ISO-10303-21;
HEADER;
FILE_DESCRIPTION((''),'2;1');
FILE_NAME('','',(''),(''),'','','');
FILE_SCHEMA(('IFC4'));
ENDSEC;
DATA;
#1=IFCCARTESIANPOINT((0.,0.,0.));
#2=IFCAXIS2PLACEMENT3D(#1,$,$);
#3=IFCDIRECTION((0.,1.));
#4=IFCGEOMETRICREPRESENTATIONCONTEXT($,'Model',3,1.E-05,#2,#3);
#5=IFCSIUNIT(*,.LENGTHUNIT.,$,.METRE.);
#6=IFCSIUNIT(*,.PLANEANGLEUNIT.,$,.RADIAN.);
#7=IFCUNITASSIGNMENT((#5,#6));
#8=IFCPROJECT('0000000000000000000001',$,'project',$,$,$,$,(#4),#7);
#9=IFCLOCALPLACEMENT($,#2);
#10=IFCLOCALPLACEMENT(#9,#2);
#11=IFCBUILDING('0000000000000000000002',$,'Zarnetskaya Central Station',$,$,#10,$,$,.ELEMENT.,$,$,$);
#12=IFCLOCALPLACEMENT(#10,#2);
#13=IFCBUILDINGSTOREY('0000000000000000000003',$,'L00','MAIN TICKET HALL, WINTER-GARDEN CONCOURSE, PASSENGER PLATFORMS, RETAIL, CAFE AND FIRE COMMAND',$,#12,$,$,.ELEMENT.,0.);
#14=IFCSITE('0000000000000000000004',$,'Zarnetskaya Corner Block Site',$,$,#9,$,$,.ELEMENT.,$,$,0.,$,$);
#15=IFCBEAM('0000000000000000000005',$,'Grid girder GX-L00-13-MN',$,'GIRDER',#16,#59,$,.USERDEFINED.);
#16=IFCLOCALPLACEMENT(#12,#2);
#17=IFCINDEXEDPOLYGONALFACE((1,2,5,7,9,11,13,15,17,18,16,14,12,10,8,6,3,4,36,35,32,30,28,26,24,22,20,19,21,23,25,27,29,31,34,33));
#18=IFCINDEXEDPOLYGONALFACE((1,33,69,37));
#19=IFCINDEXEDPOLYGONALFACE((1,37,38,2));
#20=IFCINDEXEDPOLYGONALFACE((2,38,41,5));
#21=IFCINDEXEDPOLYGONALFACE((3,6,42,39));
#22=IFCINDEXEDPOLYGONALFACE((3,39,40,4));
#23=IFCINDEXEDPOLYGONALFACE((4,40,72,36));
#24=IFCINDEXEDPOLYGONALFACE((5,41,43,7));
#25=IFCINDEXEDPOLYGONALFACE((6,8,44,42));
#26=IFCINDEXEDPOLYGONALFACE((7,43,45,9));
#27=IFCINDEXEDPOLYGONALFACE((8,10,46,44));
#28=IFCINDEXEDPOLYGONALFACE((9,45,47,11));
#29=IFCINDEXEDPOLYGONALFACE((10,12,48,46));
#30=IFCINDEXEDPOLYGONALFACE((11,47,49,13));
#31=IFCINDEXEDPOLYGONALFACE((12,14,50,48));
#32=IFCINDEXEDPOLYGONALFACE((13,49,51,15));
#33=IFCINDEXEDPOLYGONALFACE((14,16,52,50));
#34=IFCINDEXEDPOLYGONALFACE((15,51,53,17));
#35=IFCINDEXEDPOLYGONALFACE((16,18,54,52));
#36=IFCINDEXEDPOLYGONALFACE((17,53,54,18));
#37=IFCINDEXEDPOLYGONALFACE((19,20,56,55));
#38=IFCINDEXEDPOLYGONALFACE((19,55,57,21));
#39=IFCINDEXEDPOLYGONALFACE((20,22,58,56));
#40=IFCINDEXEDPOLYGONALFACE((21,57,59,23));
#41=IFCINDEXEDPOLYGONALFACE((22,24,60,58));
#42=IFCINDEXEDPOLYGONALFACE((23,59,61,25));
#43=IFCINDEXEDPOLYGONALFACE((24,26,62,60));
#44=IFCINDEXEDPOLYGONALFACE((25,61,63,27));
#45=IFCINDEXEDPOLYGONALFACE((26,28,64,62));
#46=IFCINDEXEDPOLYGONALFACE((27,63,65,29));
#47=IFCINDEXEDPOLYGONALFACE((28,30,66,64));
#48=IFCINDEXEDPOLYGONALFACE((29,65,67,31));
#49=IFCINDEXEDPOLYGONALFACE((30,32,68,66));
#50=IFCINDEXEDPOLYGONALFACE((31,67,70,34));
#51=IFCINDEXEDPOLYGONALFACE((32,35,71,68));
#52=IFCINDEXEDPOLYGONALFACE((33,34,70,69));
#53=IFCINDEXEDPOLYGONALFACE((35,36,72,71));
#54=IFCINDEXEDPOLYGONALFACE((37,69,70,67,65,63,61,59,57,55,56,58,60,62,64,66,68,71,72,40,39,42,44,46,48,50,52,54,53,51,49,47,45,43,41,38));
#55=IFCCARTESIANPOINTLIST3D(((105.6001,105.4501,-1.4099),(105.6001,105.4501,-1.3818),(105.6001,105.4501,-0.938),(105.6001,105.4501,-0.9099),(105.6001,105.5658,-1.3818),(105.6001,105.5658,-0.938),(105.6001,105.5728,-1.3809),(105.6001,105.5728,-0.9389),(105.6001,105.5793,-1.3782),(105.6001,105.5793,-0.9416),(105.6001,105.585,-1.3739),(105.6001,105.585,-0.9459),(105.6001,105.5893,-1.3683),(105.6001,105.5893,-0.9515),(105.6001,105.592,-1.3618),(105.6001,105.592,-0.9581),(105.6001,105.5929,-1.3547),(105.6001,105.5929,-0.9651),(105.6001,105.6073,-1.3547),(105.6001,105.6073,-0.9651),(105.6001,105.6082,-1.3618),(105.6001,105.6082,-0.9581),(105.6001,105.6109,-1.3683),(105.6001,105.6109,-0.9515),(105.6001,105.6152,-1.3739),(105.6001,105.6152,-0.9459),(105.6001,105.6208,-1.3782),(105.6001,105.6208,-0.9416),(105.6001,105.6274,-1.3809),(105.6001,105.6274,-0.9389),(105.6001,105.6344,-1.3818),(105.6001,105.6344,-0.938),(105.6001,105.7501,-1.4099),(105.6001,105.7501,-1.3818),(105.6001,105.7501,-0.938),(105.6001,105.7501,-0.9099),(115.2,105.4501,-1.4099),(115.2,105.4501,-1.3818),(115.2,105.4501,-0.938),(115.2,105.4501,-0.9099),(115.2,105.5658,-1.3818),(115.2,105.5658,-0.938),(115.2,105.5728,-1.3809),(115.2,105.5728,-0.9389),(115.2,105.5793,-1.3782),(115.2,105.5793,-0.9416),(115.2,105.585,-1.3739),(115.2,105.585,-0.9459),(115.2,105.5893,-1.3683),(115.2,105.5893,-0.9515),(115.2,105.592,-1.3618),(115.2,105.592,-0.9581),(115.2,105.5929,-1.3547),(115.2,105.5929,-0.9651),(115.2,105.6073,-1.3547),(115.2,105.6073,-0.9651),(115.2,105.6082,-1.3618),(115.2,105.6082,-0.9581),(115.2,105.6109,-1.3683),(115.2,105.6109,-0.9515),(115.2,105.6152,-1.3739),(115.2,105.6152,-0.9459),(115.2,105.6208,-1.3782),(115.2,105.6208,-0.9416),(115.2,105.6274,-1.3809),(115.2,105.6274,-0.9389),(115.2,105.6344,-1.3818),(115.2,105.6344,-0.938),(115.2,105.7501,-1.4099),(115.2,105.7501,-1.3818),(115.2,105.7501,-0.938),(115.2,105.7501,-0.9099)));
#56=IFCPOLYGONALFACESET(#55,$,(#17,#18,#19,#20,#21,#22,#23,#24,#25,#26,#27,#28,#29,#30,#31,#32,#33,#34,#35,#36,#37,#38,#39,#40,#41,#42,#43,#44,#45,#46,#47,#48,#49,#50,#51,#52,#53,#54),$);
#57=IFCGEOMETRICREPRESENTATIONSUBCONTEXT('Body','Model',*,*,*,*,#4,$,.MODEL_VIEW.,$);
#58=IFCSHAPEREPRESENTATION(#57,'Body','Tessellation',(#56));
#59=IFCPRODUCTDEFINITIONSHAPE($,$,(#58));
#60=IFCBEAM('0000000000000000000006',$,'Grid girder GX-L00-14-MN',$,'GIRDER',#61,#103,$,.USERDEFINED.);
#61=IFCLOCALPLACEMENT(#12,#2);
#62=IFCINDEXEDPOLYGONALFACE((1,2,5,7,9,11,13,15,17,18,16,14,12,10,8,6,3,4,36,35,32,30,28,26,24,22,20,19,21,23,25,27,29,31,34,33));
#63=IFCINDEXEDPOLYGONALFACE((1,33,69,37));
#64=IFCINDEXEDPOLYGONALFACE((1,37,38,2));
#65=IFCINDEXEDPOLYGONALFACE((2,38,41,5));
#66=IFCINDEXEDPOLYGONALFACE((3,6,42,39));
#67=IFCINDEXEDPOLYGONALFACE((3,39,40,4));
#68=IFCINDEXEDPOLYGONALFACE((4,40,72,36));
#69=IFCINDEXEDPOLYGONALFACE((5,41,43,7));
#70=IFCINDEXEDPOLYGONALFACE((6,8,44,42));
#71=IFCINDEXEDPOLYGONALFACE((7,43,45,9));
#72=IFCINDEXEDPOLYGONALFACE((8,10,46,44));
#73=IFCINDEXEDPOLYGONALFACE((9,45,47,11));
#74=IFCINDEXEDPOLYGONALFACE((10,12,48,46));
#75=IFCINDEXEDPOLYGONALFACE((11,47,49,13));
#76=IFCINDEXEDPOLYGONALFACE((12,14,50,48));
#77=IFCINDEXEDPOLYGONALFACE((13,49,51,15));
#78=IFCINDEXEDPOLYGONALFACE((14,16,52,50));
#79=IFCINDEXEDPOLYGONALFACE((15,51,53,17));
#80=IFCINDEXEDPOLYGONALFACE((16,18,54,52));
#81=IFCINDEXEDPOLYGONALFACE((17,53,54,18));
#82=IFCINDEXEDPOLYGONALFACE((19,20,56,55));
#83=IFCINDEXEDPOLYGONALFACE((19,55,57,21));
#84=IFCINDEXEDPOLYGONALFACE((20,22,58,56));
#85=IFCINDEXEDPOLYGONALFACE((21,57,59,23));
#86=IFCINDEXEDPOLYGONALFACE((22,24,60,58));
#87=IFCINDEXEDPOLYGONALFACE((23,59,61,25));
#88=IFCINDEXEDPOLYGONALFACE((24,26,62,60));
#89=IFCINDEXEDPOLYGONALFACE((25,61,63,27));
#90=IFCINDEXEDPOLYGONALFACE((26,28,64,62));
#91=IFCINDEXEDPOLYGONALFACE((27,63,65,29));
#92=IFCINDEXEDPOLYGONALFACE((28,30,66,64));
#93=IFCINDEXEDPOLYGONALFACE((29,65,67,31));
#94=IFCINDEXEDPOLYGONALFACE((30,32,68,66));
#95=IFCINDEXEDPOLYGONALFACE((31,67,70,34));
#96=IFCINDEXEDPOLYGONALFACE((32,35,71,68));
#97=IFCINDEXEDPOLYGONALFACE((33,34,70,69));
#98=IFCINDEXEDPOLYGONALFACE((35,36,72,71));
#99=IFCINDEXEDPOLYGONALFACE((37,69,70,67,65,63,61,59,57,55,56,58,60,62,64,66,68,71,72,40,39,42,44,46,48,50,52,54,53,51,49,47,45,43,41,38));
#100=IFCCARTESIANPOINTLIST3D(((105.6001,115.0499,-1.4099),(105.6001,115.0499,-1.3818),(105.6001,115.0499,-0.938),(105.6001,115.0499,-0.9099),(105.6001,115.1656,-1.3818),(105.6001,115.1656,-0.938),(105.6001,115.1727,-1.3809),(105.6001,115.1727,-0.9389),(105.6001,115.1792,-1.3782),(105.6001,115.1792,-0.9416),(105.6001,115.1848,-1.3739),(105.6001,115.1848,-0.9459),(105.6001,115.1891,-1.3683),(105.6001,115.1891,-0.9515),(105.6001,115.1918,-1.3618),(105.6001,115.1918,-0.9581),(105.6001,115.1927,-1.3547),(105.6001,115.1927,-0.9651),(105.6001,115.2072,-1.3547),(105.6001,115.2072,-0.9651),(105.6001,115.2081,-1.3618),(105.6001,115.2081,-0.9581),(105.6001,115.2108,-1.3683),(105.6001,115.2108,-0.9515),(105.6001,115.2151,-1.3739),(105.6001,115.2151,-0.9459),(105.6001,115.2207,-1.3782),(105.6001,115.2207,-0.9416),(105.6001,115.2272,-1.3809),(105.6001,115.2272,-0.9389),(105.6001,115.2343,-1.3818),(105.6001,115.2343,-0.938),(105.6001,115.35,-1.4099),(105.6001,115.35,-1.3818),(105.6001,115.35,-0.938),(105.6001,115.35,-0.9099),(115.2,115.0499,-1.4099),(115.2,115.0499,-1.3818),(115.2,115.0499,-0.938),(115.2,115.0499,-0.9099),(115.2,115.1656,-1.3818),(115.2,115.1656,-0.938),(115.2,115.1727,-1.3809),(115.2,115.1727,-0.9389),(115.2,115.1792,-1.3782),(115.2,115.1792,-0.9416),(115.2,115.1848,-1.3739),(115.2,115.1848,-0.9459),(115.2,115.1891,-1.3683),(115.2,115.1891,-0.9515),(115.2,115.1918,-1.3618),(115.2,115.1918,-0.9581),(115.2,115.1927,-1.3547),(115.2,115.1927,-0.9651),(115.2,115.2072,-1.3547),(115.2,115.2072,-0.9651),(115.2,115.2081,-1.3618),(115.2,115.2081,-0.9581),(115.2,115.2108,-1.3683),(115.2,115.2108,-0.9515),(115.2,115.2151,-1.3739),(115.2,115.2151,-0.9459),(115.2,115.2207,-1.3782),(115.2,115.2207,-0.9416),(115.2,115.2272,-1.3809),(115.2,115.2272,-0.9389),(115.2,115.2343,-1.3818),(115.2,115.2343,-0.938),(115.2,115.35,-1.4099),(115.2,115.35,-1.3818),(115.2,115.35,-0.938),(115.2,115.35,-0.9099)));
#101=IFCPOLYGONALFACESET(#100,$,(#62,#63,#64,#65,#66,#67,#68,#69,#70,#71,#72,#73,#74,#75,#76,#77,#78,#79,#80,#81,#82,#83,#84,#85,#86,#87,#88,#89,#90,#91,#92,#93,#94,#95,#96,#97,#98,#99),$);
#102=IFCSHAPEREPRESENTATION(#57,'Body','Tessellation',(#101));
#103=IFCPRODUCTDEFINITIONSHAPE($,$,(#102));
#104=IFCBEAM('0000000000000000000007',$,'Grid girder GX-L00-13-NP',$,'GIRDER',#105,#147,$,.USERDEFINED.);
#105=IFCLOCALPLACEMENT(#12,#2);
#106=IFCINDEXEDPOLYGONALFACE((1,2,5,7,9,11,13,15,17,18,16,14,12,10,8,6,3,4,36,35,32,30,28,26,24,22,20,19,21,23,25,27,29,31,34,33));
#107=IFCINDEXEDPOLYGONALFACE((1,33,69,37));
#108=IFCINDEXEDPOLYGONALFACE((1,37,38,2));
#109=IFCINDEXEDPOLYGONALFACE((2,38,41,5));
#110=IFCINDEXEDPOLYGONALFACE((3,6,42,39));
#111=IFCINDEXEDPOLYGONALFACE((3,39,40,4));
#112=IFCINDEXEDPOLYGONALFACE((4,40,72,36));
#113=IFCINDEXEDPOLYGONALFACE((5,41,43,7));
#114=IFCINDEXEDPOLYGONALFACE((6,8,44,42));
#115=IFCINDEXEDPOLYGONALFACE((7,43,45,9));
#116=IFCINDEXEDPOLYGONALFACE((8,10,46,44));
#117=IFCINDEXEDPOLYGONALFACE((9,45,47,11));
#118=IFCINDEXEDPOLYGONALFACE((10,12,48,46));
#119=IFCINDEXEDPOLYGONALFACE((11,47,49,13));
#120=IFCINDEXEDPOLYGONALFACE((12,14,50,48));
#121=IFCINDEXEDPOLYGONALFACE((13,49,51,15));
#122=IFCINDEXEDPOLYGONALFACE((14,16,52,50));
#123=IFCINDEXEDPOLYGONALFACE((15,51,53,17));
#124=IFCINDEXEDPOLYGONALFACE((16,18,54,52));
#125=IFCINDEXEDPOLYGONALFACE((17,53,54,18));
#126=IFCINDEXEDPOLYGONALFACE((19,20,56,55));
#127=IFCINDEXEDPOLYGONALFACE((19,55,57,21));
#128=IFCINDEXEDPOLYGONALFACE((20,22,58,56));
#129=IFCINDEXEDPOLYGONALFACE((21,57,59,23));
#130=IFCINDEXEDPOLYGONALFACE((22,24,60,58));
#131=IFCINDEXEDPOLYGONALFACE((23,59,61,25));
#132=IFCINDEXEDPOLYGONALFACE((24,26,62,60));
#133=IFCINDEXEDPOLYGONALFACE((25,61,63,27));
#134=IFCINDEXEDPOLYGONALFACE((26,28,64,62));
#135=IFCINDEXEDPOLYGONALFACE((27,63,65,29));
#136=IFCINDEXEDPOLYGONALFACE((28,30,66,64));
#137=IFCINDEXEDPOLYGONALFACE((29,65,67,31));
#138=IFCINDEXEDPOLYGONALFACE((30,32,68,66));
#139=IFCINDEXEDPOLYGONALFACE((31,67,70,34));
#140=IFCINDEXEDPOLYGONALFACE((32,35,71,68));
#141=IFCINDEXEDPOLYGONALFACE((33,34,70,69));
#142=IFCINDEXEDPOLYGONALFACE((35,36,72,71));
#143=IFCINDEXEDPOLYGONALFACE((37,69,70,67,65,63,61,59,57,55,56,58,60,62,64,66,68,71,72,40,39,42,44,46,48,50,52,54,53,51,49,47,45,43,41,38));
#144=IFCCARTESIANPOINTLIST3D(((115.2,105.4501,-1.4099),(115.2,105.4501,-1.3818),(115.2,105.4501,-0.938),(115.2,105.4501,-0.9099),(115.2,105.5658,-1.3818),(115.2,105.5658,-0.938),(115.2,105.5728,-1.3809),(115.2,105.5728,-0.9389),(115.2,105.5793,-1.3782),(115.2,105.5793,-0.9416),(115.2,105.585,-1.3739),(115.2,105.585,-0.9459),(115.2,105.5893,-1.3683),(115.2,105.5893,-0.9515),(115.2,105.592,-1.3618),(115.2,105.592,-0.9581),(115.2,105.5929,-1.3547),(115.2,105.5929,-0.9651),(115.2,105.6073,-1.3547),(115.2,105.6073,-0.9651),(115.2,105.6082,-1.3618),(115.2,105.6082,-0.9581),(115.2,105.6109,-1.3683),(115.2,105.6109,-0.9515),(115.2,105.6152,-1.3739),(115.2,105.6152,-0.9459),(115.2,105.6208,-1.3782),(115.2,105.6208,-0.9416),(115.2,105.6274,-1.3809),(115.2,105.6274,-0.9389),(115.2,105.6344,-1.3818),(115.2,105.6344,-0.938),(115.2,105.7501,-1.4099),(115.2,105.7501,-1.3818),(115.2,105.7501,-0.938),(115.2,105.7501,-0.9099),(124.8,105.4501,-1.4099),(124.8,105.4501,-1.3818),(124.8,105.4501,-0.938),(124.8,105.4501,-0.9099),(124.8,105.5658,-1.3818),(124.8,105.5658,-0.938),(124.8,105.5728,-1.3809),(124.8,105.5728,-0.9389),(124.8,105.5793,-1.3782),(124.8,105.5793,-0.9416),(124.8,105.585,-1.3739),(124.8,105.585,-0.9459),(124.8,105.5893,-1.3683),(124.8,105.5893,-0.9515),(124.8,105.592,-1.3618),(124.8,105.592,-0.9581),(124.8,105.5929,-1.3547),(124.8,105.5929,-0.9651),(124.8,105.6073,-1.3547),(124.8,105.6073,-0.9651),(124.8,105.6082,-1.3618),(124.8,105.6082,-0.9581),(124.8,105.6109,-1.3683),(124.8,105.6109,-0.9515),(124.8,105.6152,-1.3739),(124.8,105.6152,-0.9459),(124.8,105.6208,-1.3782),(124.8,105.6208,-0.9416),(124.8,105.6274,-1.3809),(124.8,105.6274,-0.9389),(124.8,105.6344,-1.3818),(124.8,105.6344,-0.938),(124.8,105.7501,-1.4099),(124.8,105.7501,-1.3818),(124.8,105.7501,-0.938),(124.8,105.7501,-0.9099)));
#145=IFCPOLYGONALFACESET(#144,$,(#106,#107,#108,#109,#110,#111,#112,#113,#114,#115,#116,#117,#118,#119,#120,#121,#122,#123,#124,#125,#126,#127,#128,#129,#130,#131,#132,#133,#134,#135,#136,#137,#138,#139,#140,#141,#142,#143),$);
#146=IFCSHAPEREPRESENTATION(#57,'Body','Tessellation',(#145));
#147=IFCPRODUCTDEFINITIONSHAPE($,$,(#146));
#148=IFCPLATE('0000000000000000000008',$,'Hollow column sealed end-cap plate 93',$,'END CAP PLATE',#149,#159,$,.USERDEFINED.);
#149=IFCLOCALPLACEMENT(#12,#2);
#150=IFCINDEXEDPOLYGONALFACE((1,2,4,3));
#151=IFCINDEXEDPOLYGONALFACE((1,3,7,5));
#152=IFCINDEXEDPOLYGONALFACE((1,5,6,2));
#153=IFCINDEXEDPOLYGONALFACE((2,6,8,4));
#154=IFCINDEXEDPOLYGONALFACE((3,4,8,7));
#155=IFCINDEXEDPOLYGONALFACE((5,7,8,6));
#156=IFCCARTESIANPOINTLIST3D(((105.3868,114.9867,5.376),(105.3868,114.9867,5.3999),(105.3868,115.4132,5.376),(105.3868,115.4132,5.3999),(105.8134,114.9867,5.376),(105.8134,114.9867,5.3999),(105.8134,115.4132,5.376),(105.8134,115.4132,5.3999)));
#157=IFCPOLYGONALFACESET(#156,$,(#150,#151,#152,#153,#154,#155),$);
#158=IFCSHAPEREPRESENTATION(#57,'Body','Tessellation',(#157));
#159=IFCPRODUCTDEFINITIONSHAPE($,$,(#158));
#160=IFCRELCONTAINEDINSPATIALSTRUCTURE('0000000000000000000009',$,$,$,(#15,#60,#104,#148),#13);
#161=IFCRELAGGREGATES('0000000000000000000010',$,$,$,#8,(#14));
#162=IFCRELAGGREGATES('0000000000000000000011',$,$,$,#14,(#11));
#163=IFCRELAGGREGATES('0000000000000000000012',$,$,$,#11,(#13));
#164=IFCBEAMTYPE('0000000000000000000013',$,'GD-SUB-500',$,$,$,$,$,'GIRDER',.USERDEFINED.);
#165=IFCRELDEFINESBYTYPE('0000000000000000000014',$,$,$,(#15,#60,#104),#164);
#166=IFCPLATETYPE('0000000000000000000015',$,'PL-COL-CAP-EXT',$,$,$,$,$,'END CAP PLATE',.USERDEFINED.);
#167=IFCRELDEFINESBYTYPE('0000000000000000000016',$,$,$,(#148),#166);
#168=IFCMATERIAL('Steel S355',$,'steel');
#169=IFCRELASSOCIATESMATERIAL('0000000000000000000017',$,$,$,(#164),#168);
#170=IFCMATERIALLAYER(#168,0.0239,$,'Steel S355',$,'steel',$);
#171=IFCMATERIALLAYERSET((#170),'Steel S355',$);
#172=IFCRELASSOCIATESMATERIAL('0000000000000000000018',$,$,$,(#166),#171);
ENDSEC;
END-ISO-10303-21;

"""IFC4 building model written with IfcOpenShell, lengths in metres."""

from ifc_helpers import new_model, si_unit, direction, frame, origin, origin_2d, place, context, subcontext, project, spatial, rectangle, i_section, extrude, material, layer, layer_set, material_profile, profile_set, type_object, element, save


model = new_model("IFC4")

# Units and contexts
model_context = context("Model", 3, precision=1e-05, world=origin(), true_north=direction((0.0, 1.0)))
body_context = subcontext(model_context, "Body", "Model", "MODEL_VIEW")
ifc_project = project(units=[si_unit("LENGTHUNIT", "METRE"), si_unit("PLANEANGLEUNIT", "RADIAN")], contexts=[model_context])

# Site, building, storey
site_placement = place(None, origin())
site = spatial("IfcSite", under=ifc_project, at=site_placement, Name="Zarnetskaya Corner Block Site", CompositionType="ELEMENT", RefElevation=0.0)
building_placement = place(site_placement, origin())
building = spatial("IfcBuilding", under=site, at=building_placement, Name="Zarnetskaya Central Station", CompositionType="ELEMENT")
storey_placement = place(building_placement, origin())
storey = spatial("IfcBuildingStorey", under=building, at=storey_placement, Name="L00", Description="MAIN TICKET HALL, WINTER-GARDEN CONCOURSE, PASSENGER PLATFORMS, RETAIL, CAFE AND FIRE COMMAND", CompositionType="ELEMENT", Elevation=0.0)

# Shared definitions
ifc_material = material(Name="Steel S355", Category="steel")

# Beams
ifc_material_profile_1 = material_profile(ifc_material, i_section(OverallWidth=0.3, OverallDepth=0.5, WebThickness=0.0144, FlangeThickness=0.0281, FilletRadius=0.0271, at=origin_2d()), Name="HEB 500")
ifc_profile_set_1 = profile_set([ifc_material_profile_1], Name="Steel S355")
beam_type_1 = type_object("IfcBeamType", Name="GD-SUB-500", ElementType="GIRDER", PredefinedType="USERDEFINED", material=ifc_profile_set_1)
for number, where, z_axis, x_axis, name in (
    (1, (105.6001, 105.6001, -1.1599), (1.0, 0.0, 0.0), (0.0, 1.0, 0.0), "Grid girder GX-L00-13-MN"),
    (2, (105.6001, 115.2, -1.1599), (1.0, 0.0, 0.0), (0.0, 1.0, 0.0), "Grid girder GX-L00-14-MN"),
):
    element("IfcBeam", number, at=place(storey_placement, frame(where, z_axis=z_axis, x_axis=x_axis)), inside=storey, type_object=beam_type_1, Name=name, ObjectType="GIRDER", PredefinedType="USERDEFINED", context=body_context, shape_type="SweptSolid", body=[
        extrude(i_section(OverallWidth=0.3, OverallDepth=0.5, WebThickness=0.0144, FlangeThickness=0.0281, FilletRadius=0.0271, at=origin_2d()), origin(), (0.0, 0.0, 1.0), 9.5999),
    ])
beam_1_placement = place(storey_placement, frame((115.2, 105.6001, -1.1599), z_axis=(1.0, 0.0, 0.0), x_axis=(0.0, 1.0, 0.0)))
element("IfcBeam", 3, at=beam_1_placement, inside=storey, type_object=beam_type_1, Name="Grid girder GX-L00-13-NP", ObjectType="GIRDER", PredefinedType="USERDEFINED", context=body_context, shape_type="SweptSolid", body=[
    extrude(i_section(OverallWidth=0.3, OverallDepth=0.5, WebThickness=0.0144, FlangeThickness=0.0281, FilletRadius=0.0271, at=origin_2d()), origin(), (0.0, 0.0, 1.0), 9.6001),
])

# Plate
ifc_layer = layer(ifc_material, 0.0239, Name="Steel S355", Category="steel")
ifc_layer_set = layer_set([ifc_layer], Name="Steel S355")
plate_type = type_object("IfcPlateType", Name="PL-COL-CAP-EXT", ElementType="END CAP PLATE", PredefinedType="USERDEFINED", material=ifc_layer_set)
plate_placement = place(storey_placement, frame((105.6001, 115.2, 5.376), z_axis=(0.0, 0.0, 1.0), x_axis=(1.0, 0.0, 0.0)))
element("IfcPlate", 4, at=plate_placement, inside=storey, type_object=plate_type, Name="Hollow column sealed end-cap plate 93", ObjectType="END CAP PLATE", PredefinedType="USERDEFINED", context=body_context, shape_type="SweptSolid", body=[
    extrude(rectangle(XDim=0.4265, YDim=0.4265, at=origin_2d()), origin(), (0.0, 0.0, 1.0), 0.0239),
])

save(model, "model.ifc")
